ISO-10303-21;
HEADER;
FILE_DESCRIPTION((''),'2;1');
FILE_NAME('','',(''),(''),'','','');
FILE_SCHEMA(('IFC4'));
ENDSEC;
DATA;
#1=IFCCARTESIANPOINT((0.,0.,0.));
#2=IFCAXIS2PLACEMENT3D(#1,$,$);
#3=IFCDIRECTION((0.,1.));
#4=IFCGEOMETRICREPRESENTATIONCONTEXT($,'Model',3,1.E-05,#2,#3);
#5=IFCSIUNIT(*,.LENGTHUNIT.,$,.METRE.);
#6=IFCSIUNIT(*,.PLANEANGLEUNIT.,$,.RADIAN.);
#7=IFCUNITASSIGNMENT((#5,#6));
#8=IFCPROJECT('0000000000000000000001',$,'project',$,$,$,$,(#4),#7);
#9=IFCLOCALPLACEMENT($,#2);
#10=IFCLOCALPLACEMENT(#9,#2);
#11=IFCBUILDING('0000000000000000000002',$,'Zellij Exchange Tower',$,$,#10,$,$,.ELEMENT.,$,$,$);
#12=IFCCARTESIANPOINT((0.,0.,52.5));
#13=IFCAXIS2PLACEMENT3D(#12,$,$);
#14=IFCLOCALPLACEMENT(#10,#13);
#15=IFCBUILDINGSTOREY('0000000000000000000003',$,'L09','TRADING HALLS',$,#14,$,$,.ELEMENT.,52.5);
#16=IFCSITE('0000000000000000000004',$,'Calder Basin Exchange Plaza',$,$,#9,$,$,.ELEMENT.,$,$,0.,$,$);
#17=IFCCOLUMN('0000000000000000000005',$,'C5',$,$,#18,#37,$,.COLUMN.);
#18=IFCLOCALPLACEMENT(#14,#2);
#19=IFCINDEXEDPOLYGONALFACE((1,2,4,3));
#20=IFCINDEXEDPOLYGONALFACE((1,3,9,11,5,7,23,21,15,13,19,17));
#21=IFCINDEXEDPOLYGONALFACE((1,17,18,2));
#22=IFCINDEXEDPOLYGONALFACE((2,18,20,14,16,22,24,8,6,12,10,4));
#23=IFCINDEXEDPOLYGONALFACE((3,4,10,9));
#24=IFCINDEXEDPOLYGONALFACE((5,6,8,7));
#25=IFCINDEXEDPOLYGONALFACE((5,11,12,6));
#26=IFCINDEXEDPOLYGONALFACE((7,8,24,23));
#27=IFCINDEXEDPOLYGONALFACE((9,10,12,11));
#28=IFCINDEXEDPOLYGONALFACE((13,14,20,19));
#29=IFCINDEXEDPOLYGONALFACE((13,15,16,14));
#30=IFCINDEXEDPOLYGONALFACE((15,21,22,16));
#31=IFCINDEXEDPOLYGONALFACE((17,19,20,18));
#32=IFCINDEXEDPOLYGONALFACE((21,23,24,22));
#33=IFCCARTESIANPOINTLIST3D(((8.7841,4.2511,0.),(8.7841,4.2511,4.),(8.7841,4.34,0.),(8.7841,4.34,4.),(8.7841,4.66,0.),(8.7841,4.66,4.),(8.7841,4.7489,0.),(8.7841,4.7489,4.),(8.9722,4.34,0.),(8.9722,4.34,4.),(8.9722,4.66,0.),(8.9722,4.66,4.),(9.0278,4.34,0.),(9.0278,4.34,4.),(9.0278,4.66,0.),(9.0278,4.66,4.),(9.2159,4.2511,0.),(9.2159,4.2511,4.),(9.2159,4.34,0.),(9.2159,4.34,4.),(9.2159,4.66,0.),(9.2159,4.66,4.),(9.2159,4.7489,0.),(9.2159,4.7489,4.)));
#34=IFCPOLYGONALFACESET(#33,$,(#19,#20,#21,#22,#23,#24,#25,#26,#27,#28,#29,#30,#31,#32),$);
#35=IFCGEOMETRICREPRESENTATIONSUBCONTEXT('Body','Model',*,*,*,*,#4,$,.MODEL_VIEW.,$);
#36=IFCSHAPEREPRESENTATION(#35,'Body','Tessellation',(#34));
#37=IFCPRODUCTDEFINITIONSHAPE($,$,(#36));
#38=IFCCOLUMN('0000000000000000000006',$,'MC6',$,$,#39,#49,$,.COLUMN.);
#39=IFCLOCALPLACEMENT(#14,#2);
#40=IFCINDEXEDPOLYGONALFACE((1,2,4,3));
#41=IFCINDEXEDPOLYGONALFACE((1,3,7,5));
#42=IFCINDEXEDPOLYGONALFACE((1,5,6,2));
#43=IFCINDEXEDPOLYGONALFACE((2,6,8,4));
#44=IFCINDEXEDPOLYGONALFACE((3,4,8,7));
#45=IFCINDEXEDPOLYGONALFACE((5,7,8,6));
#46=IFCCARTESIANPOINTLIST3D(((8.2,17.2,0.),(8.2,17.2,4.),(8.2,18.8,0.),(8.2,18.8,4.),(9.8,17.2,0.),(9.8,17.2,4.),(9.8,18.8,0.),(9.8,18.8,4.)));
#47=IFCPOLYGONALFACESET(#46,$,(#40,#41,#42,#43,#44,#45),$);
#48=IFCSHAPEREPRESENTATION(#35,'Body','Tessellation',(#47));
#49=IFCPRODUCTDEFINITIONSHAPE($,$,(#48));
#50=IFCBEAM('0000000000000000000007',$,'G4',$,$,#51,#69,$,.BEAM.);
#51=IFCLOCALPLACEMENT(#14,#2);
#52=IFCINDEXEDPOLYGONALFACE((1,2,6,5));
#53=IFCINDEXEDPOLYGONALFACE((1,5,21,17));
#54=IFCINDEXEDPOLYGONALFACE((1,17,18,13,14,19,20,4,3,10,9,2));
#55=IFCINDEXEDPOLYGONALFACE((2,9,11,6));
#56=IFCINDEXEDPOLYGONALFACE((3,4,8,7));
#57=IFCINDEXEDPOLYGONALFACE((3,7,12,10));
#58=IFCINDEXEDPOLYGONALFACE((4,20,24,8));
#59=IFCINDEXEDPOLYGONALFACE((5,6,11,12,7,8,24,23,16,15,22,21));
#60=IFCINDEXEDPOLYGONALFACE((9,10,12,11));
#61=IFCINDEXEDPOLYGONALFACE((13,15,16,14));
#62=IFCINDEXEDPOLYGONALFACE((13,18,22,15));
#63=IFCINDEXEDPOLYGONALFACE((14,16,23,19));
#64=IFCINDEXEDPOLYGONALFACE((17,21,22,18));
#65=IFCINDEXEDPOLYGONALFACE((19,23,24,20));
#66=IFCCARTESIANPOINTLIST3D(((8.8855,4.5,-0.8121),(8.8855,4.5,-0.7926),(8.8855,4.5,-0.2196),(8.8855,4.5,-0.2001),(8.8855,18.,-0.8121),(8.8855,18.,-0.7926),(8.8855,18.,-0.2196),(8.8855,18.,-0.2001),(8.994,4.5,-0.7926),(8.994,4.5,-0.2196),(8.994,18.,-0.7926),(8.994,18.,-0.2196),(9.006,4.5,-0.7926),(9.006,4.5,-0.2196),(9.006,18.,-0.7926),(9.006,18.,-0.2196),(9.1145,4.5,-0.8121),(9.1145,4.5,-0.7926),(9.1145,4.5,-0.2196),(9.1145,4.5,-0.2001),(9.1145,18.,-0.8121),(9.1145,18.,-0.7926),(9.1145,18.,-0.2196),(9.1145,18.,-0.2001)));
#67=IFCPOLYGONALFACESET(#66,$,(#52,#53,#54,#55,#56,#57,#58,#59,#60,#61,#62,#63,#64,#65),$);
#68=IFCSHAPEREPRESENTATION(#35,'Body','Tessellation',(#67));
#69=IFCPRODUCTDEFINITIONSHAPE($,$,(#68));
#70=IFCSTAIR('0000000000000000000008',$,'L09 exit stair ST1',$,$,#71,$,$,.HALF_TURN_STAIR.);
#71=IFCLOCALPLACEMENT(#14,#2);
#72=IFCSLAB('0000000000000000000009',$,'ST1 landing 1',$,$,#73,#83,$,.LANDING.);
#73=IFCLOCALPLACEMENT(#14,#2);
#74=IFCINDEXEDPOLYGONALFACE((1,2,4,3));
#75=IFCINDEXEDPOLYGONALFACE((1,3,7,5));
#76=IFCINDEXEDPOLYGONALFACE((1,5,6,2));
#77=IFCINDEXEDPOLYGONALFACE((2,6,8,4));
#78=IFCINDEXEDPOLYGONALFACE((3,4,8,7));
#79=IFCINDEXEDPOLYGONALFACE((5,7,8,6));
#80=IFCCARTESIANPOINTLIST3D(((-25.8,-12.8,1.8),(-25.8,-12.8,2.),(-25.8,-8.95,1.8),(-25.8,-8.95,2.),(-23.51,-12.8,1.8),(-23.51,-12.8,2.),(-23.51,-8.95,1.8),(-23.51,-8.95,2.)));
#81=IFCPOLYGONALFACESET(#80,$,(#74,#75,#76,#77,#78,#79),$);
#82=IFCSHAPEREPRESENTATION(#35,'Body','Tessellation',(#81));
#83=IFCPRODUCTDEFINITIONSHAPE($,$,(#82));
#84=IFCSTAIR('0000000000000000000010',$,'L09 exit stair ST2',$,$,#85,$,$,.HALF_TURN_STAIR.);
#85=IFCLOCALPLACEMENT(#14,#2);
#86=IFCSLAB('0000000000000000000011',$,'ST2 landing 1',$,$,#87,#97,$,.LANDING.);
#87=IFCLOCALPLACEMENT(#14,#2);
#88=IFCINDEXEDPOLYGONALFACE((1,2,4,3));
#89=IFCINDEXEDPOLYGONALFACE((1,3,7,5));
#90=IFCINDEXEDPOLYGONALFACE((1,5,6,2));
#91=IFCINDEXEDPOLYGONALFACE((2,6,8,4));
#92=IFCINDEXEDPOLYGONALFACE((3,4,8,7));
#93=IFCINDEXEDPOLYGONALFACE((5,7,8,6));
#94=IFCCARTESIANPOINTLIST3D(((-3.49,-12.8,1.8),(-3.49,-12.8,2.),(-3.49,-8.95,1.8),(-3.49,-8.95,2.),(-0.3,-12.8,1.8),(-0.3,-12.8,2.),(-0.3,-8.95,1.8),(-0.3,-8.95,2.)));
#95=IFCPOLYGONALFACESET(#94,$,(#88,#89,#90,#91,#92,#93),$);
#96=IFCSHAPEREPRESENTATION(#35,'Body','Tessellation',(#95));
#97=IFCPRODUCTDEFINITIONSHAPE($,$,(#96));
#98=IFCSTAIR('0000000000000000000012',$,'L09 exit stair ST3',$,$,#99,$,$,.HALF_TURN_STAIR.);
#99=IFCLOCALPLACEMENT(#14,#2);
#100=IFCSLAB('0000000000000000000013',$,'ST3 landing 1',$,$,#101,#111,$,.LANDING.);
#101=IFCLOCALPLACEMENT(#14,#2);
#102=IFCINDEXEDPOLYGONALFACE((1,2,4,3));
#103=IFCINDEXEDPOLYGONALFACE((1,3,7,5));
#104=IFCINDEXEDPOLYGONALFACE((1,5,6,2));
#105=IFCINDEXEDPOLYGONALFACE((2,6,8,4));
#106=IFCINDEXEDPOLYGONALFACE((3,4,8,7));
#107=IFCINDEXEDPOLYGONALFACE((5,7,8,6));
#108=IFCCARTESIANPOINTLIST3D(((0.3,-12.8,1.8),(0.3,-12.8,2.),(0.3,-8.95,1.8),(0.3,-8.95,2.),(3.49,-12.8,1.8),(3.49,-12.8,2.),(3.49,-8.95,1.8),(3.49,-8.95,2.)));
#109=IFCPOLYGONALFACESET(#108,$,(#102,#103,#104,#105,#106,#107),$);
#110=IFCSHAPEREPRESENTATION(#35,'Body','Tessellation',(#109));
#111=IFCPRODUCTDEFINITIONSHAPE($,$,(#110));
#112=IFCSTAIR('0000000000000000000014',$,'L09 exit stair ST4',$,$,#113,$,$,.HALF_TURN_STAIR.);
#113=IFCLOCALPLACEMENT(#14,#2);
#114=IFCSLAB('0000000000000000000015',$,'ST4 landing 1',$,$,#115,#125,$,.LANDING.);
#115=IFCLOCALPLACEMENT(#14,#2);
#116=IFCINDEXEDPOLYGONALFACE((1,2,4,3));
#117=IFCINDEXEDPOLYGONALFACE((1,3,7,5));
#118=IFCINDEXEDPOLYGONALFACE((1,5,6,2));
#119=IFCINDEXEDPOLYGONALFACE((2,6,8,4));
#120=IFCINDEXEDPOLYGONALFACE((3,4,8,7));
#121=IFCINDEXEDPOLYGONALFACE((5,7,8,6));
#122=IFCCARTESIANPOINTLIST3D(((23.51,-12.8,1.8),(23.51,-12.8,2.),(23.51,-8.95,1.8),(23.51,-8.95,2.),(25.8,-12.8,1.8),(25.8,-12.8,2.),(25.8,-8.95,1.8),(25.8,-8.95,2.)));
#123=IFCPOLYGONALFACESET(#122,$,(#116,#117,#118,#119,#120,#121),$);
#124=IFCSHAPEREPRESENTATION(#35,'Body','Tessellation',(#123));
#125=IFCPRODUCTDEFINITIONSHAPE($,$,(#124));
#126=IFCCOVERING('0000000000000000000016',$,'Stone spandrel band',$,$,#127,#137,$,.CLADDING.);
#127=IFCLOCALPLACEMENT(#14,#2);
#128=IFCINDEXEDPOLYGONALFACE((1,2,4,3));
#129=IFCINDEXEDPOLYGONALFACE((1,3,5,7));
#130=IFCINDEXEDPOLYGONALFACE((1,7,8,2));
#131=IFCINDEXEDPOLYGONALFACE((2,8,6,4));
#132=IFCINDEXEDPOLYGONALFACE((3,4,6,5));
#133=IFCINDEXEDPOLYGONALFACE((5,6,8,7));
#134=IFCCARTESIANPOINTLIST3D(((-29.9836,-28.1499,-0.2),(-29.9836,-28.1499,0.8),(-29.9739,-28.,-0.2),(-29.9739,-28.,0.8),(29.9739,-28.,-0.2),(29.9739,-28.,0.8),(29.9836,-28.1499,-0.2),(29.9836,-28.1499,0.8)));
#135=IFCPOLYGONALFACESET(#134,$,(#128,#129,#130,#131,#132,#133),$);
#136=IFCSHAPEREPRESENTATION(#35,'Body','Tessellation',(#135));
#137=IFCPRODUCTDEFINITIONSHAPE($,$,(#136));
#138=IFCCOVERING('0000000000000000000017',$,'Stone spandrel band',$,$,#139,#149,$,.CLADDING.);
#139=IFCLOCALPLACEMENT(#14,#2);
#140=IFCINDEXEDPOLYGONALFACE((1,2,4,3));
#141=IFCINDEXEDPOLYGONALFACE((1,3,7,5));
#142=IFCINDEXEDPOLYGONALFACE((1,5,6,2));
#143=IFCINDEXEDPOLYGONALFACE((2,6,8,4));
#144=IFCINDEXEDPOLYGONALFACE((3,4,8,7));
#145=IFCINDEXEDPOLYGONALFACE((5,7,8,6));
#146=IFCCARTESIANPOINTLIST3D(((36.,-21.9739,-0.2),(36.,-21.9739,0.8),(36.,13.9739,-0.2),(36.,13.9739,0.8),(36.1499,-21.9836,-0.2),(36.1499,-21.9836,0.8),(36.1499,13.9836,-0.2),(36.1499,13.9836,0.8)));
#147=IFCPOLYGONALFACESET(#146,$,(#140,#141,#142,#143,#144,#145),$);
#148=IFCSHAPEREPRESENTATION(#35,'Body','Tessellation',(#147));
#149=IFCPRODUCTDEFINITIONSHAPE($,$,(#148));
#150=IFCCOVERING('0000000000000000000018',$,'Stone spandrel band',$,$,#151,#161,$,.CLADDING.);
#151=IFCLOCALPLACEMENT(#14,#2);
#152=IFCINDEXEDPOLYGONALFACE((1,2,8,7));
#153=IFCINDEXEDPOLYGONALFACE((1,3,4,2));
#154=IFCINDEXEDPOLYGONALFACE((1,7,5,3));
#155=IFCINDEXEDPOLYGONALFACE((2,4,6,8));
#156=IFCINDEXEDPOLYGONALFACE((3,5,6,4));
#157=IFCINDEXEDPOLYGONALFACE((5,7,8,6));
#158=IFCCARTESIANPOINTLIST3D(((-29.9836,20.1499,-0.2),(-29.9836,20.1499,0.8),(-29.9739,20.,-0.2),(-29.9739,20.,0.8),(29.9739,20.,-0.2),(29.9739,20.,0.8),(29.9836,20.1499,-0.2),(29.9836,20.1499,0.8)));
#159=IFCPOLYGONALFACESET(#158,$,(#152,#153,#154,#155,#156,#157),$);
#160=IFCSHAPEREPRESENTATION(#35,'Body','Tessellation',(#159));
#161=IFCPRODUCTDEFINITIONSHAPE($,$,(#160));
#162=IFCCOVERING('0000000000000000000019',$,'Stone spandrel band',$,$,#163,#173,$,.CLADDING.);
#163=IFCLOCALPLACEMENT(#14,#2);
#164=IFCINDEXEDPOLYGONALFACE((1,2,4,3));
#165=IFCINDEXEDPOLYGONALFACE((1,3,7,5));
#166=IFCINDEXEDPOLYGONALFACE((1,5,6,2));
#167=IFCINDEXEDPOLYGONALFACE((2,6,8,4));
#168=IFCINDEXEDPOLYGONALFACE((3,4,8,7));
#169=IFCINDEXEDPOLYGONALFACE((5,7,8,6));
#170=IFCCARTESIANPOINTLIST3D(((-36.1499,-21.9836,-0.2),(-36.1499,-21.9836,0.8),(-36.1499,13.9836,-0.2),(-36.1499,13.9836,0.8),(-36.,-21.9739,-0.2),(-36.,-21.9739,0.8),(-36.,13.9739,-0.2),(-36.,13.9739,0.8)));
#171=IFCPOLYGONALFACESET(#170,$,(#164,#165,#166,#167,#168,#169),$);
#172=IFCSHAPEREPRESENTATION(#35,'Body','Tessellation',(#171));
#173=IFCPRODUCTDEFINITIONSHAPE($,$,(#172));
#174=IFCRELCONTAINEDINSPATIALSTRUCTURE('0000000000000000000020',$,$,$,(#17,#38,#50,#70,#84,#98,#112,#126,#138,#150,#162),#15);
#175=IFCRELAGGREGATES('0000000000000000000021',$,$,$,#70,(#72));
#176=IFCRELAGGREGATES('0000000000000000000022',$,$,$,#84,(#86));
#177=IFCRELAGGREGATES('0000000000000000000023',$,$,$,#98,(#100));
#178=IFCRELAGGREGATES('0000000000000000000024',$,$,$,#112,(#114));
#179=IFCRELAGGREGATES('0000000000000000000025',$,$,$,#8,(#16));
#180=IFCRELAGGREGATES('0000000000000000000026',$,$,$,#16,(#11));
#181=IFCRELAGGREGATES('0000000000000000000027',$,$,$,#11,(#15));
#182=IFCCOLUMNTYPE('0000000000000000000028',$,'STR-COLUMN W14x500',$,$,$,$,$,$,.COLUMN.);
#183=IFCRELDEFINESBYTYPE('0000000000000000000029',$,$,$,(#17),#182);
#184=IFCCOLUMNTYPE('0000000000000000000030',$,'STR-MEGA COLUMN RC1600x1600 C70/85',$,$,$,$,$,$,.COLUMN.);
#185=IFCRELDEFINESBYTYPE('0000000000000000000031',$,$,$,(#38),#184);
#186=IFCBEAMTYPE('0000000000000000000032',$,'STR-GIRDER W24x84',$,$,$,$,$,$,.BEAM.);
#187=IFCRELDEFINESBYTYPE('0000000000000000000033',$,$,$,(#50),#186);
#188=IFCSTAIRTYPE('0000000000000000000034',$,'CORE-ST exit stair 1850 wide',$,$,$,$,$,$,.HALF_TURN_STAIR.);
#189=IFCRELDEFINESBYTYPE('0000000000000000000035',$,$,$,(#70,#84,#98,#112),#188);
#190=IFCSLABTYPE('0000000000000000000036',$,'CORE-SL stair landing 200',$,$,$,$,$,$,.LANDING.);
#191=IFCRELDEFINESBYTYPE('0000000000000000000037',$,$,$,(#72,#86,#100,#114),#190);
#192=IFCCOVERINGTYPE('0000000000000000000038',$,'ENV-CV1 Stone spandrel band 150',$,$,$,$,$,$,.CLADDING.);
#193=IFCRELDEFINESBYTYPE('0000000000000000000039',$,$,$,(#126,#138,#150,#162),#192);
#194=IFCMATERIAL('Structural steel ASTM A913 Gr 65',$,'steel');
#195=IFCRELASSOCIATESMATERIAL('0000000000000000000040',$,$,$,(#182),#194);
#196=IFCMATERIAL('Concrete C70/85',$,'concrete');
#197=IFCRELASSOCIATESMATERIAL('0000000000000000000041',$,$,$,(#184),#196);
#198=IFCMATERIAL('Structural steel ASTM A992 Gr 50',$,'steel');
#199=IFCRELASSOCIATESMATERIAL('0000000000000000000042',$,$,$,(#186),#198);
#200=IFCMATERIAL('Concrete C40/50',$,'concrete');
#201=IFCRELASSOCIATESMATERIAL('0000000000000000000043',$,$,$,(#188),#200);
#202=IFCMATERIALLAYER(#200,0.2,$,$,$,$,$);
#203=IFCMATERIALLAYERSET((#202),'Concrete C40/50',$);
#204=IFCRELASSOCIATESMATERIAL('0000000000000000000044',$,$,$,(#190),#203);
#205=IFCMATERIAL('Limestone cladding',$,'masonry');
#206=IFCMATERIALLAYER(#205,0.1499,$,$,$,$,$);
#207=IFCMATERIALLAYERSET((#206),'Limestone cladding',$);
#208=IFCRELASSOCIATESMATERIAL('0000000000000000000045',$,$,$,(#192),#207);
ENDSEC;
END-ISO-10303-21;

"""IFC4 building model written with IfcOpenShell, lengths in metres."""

from ifc_helpers import new_model, si_unit, direction, frame, origin, origin_2d, place, context, subcontext, project, spatial, polyline, rectangle, i_section, outline, extrude, material, layer, layer_set, material_profile, profile_set, type_object, element, aggregate, save


model = new_model("IFC4")

# Units and contexts
model_context = context("Model", 3, precision=1e-05, world=origin(), true_north=direction((0.0, 1.0)))
body_context = subcontext(model_context, "Body", "Model", "MODEL_VIEW")
ifc_project = project(units=[si_unit("LENGTHUNIT", "METRE"), si_unit("PLANEANGLEUNIT", "RADIAN")], contexts=[model_context])

# Site, building, storey
site_placement = place(None, origin())
site = spatial("IfcSite", under=ifc_project, at=site_placement, Name="Calder Basin Exchange Plaza", CompositionType="ELEMENT", RefElevation=0.0)
building_placement = place(site_placement, origin())
building = spatial("IfcBuilding", under=site, at=building_placement, Name="Zellij Exchange Tower", CompositionType="ELEMENT")
storey_placement = place(building_placement, frame((0.0, 0.0, 52.5)))
storey = spatial("IfcBuildingStorey", under=building, at=storey_placement, Name="L09", Description="TRADING HALLS", CompositionType="ELEMENT", Elevation=52.5)

# Columns
ifc_material_1 = material(Name="Structural steel ASTM A913 Gr 65", Category="steel")
ifc_material_profile_1 = material_profile(ifc_material_1, i_section(OverallWidth=0.4319, OverallDepth=0.4978, WebThickness=0.0557, FlangeThickness=0.0889, at=origin_2d()), Name="W14x500")
ifc_profile_set_1 = profile_set([ifc_material_profile_1], Name="Structural steel ASTM A913 Gr 65")
column_type_1 = type_object("IfcColumnType", Name="STR-COLUMN W14x500", PredefinedType="COLUMN", material=ifc_profile_set_1)
column_1_placement = place(storey_placement, frame((9.0, 4.5, 0.0), z_axis=(0.0, 0.0, 1.0), x_axis=(1.0, 0.0, 0.0)))
element("IfcColumn", 1, at=column_1_placement, inside=storey, type_object=column_type_1, Name="C5", PredefinedType="COLUMN", context=body_context, shape_type="SweptSolid", body=[
    extrude(i_section(OverallWidth=0.4319, OverallDepth=0.4978, WebThickness=0.0557, FlangeThickness=0.0889, at=origin_2d()), origin(), (0.0, 0.0, 1.0), 4.0),
])
ifc_material_2 = material(Name="Concrete C70/85", Category="concrete")
ifc_material_profile_2 = material_profile(ifc_material_2, rectangle(XDim=1.6001, YDim=1.6001, at=origin_2d()), Name="STR-MEGA COLUMN RC1600x1600 C70/85")
ifc_profile_set_2 = profile_set([ifc_material_profile_2], Name="Concrete C70/85")
column_type_2 = type_object("IfcColumnType", Name="STR-MEGA COLUMN RC1600x1600 C70/85", PredefinedType="COLUMN", material=ifc_profile_set_2)
column_2_placement = place(storey_placement, frame((9.0, 18.0, 0.0), z_axis=(0.0, 0.0, 1.0), x_axis=(1.0, 0.0, 0.0)))
element("IfcColumn", 2, at=column_2_placement, inside=storey, type_object=column_type_2, Name="MC6", PredefinedType="COLUMN", context=body_context, shape_type="SweptSolid", body=[
    extrude(rectangle(XDim=1.6001, YDim=1.6001, at=origin_2d()), origin(), (0.0, 0.0, 1.0), 4.0),
])

# Beam
ifc_material_3 = material(Name="Structural steel ASTM A992 Gr 50", Category="steel")
ifc_material_profile_3 = material_profile(ifc_material_3, i_section(OverallWidth=0.229, OverallDepth=0.6121, WebThickness=0.012, FlangeThickness=0.0195, at=origin_2d()), Name="W24x84")
ifc_profile_set_3 = profile_set([ifc_material_profile_3], Name="Structural steel ASTM A992 Gr 50")
beam_type = type_object("IfcBeamType", Name="STR-GIRDER W24x84", PredefinedType="BEAM", material=ifc_profile_set_3)
beam_placement = place(storey_placement, frame((9.0, 4.5, -0.5061), z_axis=(0.0, 1.0, 0.0), x_axis=(-1.0, 0.0, 0.0)))
element("IfcBeam", 3, at=beam_placement, inside=storey, type_object=beam_type, Name="G4", PredefinedType="BEAM", context=body_context, shape_type="SweptSolid", body=[
    extrude(i_section(OverallWidth=0.229, OverallDepth=0.6121, WebThickness=0.012, FlangeThickness=0.0195, at=origin_2d()), origin(), (0.0, 0.0, 1.0), 13.5),
])

# Stairs, slabs
ifc_material_4 = material(Name="Concrete C40/50", Category="concrete")
stair_type = type_object("IfcStairType", Name="CORE-ST exit stair 1850 wide", PredefinedType="HALF_TURN_STAIR", material=ifc_material_4)
stair_1_placement = place(storey_placement, origin())
stair_1 = element("IfcStair", 4, at=stair_1_placement, inside=storey, type_object=stair_type, Name="L09 exit stair ST1", PredefinedType="HALF_TURN_STAIR")
ifc_layer_1 = layer(ifc_material_4, 0.2)
ifc_layer_set_1 = layer_set([ifc_layer_1], Name="Concrete C40/50")
slab_type = type_object("IfcSlabType", Name="CORE-SL stair landing 200", PredefinedType="LANDING", material=ifc_layer_set_1)
slab_1_placement = place(storey_placement, frame((0.0, 0.0, 1.8)))
slab_1 = element("IfcSlab", 5, at=slab_1_placement, type_object=slab_type, Name="ST1 landing 1", PredefinedType="LANDING", context=body_context, shape_type="SweptSolid", body=[
    extrude(outline(polyline([(-23.51, -8.95), (-25.8, -8.95), (-25.8, -12.8), (-23.51, -12.8), (-23.51, -8.95)])), origin(), (0.0, 0.0, 1.0), 0.2),
])
aggregate(stair_1, [slab_1])
stair_2_placement = place(storey_placement, origin())
stair_2 = element("IfcStair", 6, at=stair_2_placement, inside=storey, type_object=stair_type, Name="L09 exit stair ST2", PredefinedType="HALF_TURN_STAIR")
slab_2_placement = place(storey_placement, frame((0.0, 0.0, 1.8)))
slab_2 = element("IfcSlab", 7, at=slab_2_placement, type_object=slab_type, Name="ST2 landing 1", PredefinedType="LANDING", context=body_context, shape_type="SweptSolid", body=[
    extrude(outline(polyline([(-3.49, -12.8), (-0.3, -12.8), (-0.3, -8.95), (-3.49, -8.95), (-3.49, -12.8)])), origin(), (0.0, 0.0, 1.0), 0.2),
])
aggregate(stair_2, [slab_2])
stair_3_placement = place(storey_placement, origin())
stair_3 = element("IfcStair", 8, at=stair_3_placement, inside=storey, type_object=stair_type, Name="L09 exit stair ST3", PredefinedType="HALF_TURN_STAIR")
slab_3_placement = place(storey_placement, frame((0.0, 0.0, 1.8)))
slab_3 = element("IfcSlab", 9, at=slab_3_placement, type_object=slab_type, Name="ST3 landing 1", PredefinedType="LANDING", context=body_context, shape_type="SweptSolid", body=[
    extrude(outline(polyline([(3.49, -8.95), (0.3, -8.95), (0.3, -12.8), (3.49, -12.8), (3.49, -8.95)])), origin(), (0.0, 0.0, 1.0), 0.2),
])
aggregate(stair_3, [slab_3])
stair_4_placement = place(storey_placement, origin())
stair_4 = element("IfcStair", 10, at=stair_4_placement, inside=storey, type_object=stair_type, Name="L09 exit stair ST4", PredefinedType="HALF_TURN_STAIR")
slab_4_placement = place(storey_placement, frame((0.0, 0.0, 1.8)))
slab_4 = element("IfcSlab", 11, at=slab_4_placement, type_object=slab_type, Name="ST4 landing 1", PredefinedType="LANDING", context=body_context, shape_type="SweptSolid", body=[
    extrude(outline(polyline([(23.51, -12.8), (25.8, -12.8), (25.8, -8.95), (23.51, -8.95), (23.51, -12.8)])), origin(), (0.0, 0.0, 1.0), 0.2),
])
aggregate(stair_4, [slab_4])

# Coverings
ifc_material_5 = material(Name="Limestone cladding", Category="masonry")
ifc_layer_2 = layer(ifc_material_5, 0.1499)
ifc_layer_set_2 = layer_set([ifc_layer_2], Name="Limestone cladding")
covering_type_1 = type_object("IfcCoveringType", Name="ENV-CV1 Stone spandrel band 150", PredefinedType="CLADDING", material=ifc_layer_set_2)
covering_1_placement = place(storey_placement, frame((0.0, 0.0, -0.2)))
element("IfcCovering", 12, at=covering_1_placement, inside=storey, type_object=covering_type_1, Name="Stone spandrel band", PredefinedType="CLADDING", context=body_context, shape_type="SweptSolid", body=[
    extrude(outline(polyline([(-29.9739, -28.0), (29.9739, -28.0), (29.9836, -28.1499), (-29.9836, -28.1499), (-29.9739, -28.0)])), origin(), (0.0, 0.0, 1.0), 1.0),
])
covering_2_placement = place(storey_placement, frame((0.0, 0.0, -0.2)))
element("IfcCovering", 13, at=covering_2_placement, inside=storey, type_object=covering_type_1, Name="Stone spandrel band", PredefinedType="CLADDING", context=body_context, shape_type="SweptSolid", body=[
    extrude(outline(polyline([(36.0, -21.9739), (36.0, 13.9739), (36.1499, 13.9836), (36.1499, -21.9836), (36.0, -21.9739)])), origin(), (0.0, 0.0, 1.0), 1.0),
])
covering_3_placement = place(storey_placement, frame((0.0, 0.0, -0.2)))
element("IfcCovering", 14, at=covering_3_placement, inside=storey, type_object=covering_type_1, Name="Stone spandrel band", PredefinedType="CLADDING", context=body_context, shape_type="SweptSolid", body=[
    extrude(outline(polyline([(29.9739, 20.0), (-29.9739, 20.0), (-29.9836, 20.1499), (29.9836, 20.1499), (29.9739, 20.0)])), origin(), (0.0, 0.0, 1.0), 1.0),
])
covering_4_placement = place(storey_placement, frame((0.0, 0.0, -0.2)))
element("IfcCovering", 15, at=covering_4_placement, inside=storey, type_object=covering_type_1, Name="Stone spandrel band", PredefinedType="CLADDING", context=body_context, shape_type="SweptSolid", body=[
    extrude(outline(polyline([(-36.0, 13.9739), (-36.0, -21.9739), (-36.1499, -21.9836), (-36.1499, 13.9836), (-36.0, 13.9739)])), origin(), (0.0, 0.0, 1.0), 1.0),
])

save(model, "model.ifc")
